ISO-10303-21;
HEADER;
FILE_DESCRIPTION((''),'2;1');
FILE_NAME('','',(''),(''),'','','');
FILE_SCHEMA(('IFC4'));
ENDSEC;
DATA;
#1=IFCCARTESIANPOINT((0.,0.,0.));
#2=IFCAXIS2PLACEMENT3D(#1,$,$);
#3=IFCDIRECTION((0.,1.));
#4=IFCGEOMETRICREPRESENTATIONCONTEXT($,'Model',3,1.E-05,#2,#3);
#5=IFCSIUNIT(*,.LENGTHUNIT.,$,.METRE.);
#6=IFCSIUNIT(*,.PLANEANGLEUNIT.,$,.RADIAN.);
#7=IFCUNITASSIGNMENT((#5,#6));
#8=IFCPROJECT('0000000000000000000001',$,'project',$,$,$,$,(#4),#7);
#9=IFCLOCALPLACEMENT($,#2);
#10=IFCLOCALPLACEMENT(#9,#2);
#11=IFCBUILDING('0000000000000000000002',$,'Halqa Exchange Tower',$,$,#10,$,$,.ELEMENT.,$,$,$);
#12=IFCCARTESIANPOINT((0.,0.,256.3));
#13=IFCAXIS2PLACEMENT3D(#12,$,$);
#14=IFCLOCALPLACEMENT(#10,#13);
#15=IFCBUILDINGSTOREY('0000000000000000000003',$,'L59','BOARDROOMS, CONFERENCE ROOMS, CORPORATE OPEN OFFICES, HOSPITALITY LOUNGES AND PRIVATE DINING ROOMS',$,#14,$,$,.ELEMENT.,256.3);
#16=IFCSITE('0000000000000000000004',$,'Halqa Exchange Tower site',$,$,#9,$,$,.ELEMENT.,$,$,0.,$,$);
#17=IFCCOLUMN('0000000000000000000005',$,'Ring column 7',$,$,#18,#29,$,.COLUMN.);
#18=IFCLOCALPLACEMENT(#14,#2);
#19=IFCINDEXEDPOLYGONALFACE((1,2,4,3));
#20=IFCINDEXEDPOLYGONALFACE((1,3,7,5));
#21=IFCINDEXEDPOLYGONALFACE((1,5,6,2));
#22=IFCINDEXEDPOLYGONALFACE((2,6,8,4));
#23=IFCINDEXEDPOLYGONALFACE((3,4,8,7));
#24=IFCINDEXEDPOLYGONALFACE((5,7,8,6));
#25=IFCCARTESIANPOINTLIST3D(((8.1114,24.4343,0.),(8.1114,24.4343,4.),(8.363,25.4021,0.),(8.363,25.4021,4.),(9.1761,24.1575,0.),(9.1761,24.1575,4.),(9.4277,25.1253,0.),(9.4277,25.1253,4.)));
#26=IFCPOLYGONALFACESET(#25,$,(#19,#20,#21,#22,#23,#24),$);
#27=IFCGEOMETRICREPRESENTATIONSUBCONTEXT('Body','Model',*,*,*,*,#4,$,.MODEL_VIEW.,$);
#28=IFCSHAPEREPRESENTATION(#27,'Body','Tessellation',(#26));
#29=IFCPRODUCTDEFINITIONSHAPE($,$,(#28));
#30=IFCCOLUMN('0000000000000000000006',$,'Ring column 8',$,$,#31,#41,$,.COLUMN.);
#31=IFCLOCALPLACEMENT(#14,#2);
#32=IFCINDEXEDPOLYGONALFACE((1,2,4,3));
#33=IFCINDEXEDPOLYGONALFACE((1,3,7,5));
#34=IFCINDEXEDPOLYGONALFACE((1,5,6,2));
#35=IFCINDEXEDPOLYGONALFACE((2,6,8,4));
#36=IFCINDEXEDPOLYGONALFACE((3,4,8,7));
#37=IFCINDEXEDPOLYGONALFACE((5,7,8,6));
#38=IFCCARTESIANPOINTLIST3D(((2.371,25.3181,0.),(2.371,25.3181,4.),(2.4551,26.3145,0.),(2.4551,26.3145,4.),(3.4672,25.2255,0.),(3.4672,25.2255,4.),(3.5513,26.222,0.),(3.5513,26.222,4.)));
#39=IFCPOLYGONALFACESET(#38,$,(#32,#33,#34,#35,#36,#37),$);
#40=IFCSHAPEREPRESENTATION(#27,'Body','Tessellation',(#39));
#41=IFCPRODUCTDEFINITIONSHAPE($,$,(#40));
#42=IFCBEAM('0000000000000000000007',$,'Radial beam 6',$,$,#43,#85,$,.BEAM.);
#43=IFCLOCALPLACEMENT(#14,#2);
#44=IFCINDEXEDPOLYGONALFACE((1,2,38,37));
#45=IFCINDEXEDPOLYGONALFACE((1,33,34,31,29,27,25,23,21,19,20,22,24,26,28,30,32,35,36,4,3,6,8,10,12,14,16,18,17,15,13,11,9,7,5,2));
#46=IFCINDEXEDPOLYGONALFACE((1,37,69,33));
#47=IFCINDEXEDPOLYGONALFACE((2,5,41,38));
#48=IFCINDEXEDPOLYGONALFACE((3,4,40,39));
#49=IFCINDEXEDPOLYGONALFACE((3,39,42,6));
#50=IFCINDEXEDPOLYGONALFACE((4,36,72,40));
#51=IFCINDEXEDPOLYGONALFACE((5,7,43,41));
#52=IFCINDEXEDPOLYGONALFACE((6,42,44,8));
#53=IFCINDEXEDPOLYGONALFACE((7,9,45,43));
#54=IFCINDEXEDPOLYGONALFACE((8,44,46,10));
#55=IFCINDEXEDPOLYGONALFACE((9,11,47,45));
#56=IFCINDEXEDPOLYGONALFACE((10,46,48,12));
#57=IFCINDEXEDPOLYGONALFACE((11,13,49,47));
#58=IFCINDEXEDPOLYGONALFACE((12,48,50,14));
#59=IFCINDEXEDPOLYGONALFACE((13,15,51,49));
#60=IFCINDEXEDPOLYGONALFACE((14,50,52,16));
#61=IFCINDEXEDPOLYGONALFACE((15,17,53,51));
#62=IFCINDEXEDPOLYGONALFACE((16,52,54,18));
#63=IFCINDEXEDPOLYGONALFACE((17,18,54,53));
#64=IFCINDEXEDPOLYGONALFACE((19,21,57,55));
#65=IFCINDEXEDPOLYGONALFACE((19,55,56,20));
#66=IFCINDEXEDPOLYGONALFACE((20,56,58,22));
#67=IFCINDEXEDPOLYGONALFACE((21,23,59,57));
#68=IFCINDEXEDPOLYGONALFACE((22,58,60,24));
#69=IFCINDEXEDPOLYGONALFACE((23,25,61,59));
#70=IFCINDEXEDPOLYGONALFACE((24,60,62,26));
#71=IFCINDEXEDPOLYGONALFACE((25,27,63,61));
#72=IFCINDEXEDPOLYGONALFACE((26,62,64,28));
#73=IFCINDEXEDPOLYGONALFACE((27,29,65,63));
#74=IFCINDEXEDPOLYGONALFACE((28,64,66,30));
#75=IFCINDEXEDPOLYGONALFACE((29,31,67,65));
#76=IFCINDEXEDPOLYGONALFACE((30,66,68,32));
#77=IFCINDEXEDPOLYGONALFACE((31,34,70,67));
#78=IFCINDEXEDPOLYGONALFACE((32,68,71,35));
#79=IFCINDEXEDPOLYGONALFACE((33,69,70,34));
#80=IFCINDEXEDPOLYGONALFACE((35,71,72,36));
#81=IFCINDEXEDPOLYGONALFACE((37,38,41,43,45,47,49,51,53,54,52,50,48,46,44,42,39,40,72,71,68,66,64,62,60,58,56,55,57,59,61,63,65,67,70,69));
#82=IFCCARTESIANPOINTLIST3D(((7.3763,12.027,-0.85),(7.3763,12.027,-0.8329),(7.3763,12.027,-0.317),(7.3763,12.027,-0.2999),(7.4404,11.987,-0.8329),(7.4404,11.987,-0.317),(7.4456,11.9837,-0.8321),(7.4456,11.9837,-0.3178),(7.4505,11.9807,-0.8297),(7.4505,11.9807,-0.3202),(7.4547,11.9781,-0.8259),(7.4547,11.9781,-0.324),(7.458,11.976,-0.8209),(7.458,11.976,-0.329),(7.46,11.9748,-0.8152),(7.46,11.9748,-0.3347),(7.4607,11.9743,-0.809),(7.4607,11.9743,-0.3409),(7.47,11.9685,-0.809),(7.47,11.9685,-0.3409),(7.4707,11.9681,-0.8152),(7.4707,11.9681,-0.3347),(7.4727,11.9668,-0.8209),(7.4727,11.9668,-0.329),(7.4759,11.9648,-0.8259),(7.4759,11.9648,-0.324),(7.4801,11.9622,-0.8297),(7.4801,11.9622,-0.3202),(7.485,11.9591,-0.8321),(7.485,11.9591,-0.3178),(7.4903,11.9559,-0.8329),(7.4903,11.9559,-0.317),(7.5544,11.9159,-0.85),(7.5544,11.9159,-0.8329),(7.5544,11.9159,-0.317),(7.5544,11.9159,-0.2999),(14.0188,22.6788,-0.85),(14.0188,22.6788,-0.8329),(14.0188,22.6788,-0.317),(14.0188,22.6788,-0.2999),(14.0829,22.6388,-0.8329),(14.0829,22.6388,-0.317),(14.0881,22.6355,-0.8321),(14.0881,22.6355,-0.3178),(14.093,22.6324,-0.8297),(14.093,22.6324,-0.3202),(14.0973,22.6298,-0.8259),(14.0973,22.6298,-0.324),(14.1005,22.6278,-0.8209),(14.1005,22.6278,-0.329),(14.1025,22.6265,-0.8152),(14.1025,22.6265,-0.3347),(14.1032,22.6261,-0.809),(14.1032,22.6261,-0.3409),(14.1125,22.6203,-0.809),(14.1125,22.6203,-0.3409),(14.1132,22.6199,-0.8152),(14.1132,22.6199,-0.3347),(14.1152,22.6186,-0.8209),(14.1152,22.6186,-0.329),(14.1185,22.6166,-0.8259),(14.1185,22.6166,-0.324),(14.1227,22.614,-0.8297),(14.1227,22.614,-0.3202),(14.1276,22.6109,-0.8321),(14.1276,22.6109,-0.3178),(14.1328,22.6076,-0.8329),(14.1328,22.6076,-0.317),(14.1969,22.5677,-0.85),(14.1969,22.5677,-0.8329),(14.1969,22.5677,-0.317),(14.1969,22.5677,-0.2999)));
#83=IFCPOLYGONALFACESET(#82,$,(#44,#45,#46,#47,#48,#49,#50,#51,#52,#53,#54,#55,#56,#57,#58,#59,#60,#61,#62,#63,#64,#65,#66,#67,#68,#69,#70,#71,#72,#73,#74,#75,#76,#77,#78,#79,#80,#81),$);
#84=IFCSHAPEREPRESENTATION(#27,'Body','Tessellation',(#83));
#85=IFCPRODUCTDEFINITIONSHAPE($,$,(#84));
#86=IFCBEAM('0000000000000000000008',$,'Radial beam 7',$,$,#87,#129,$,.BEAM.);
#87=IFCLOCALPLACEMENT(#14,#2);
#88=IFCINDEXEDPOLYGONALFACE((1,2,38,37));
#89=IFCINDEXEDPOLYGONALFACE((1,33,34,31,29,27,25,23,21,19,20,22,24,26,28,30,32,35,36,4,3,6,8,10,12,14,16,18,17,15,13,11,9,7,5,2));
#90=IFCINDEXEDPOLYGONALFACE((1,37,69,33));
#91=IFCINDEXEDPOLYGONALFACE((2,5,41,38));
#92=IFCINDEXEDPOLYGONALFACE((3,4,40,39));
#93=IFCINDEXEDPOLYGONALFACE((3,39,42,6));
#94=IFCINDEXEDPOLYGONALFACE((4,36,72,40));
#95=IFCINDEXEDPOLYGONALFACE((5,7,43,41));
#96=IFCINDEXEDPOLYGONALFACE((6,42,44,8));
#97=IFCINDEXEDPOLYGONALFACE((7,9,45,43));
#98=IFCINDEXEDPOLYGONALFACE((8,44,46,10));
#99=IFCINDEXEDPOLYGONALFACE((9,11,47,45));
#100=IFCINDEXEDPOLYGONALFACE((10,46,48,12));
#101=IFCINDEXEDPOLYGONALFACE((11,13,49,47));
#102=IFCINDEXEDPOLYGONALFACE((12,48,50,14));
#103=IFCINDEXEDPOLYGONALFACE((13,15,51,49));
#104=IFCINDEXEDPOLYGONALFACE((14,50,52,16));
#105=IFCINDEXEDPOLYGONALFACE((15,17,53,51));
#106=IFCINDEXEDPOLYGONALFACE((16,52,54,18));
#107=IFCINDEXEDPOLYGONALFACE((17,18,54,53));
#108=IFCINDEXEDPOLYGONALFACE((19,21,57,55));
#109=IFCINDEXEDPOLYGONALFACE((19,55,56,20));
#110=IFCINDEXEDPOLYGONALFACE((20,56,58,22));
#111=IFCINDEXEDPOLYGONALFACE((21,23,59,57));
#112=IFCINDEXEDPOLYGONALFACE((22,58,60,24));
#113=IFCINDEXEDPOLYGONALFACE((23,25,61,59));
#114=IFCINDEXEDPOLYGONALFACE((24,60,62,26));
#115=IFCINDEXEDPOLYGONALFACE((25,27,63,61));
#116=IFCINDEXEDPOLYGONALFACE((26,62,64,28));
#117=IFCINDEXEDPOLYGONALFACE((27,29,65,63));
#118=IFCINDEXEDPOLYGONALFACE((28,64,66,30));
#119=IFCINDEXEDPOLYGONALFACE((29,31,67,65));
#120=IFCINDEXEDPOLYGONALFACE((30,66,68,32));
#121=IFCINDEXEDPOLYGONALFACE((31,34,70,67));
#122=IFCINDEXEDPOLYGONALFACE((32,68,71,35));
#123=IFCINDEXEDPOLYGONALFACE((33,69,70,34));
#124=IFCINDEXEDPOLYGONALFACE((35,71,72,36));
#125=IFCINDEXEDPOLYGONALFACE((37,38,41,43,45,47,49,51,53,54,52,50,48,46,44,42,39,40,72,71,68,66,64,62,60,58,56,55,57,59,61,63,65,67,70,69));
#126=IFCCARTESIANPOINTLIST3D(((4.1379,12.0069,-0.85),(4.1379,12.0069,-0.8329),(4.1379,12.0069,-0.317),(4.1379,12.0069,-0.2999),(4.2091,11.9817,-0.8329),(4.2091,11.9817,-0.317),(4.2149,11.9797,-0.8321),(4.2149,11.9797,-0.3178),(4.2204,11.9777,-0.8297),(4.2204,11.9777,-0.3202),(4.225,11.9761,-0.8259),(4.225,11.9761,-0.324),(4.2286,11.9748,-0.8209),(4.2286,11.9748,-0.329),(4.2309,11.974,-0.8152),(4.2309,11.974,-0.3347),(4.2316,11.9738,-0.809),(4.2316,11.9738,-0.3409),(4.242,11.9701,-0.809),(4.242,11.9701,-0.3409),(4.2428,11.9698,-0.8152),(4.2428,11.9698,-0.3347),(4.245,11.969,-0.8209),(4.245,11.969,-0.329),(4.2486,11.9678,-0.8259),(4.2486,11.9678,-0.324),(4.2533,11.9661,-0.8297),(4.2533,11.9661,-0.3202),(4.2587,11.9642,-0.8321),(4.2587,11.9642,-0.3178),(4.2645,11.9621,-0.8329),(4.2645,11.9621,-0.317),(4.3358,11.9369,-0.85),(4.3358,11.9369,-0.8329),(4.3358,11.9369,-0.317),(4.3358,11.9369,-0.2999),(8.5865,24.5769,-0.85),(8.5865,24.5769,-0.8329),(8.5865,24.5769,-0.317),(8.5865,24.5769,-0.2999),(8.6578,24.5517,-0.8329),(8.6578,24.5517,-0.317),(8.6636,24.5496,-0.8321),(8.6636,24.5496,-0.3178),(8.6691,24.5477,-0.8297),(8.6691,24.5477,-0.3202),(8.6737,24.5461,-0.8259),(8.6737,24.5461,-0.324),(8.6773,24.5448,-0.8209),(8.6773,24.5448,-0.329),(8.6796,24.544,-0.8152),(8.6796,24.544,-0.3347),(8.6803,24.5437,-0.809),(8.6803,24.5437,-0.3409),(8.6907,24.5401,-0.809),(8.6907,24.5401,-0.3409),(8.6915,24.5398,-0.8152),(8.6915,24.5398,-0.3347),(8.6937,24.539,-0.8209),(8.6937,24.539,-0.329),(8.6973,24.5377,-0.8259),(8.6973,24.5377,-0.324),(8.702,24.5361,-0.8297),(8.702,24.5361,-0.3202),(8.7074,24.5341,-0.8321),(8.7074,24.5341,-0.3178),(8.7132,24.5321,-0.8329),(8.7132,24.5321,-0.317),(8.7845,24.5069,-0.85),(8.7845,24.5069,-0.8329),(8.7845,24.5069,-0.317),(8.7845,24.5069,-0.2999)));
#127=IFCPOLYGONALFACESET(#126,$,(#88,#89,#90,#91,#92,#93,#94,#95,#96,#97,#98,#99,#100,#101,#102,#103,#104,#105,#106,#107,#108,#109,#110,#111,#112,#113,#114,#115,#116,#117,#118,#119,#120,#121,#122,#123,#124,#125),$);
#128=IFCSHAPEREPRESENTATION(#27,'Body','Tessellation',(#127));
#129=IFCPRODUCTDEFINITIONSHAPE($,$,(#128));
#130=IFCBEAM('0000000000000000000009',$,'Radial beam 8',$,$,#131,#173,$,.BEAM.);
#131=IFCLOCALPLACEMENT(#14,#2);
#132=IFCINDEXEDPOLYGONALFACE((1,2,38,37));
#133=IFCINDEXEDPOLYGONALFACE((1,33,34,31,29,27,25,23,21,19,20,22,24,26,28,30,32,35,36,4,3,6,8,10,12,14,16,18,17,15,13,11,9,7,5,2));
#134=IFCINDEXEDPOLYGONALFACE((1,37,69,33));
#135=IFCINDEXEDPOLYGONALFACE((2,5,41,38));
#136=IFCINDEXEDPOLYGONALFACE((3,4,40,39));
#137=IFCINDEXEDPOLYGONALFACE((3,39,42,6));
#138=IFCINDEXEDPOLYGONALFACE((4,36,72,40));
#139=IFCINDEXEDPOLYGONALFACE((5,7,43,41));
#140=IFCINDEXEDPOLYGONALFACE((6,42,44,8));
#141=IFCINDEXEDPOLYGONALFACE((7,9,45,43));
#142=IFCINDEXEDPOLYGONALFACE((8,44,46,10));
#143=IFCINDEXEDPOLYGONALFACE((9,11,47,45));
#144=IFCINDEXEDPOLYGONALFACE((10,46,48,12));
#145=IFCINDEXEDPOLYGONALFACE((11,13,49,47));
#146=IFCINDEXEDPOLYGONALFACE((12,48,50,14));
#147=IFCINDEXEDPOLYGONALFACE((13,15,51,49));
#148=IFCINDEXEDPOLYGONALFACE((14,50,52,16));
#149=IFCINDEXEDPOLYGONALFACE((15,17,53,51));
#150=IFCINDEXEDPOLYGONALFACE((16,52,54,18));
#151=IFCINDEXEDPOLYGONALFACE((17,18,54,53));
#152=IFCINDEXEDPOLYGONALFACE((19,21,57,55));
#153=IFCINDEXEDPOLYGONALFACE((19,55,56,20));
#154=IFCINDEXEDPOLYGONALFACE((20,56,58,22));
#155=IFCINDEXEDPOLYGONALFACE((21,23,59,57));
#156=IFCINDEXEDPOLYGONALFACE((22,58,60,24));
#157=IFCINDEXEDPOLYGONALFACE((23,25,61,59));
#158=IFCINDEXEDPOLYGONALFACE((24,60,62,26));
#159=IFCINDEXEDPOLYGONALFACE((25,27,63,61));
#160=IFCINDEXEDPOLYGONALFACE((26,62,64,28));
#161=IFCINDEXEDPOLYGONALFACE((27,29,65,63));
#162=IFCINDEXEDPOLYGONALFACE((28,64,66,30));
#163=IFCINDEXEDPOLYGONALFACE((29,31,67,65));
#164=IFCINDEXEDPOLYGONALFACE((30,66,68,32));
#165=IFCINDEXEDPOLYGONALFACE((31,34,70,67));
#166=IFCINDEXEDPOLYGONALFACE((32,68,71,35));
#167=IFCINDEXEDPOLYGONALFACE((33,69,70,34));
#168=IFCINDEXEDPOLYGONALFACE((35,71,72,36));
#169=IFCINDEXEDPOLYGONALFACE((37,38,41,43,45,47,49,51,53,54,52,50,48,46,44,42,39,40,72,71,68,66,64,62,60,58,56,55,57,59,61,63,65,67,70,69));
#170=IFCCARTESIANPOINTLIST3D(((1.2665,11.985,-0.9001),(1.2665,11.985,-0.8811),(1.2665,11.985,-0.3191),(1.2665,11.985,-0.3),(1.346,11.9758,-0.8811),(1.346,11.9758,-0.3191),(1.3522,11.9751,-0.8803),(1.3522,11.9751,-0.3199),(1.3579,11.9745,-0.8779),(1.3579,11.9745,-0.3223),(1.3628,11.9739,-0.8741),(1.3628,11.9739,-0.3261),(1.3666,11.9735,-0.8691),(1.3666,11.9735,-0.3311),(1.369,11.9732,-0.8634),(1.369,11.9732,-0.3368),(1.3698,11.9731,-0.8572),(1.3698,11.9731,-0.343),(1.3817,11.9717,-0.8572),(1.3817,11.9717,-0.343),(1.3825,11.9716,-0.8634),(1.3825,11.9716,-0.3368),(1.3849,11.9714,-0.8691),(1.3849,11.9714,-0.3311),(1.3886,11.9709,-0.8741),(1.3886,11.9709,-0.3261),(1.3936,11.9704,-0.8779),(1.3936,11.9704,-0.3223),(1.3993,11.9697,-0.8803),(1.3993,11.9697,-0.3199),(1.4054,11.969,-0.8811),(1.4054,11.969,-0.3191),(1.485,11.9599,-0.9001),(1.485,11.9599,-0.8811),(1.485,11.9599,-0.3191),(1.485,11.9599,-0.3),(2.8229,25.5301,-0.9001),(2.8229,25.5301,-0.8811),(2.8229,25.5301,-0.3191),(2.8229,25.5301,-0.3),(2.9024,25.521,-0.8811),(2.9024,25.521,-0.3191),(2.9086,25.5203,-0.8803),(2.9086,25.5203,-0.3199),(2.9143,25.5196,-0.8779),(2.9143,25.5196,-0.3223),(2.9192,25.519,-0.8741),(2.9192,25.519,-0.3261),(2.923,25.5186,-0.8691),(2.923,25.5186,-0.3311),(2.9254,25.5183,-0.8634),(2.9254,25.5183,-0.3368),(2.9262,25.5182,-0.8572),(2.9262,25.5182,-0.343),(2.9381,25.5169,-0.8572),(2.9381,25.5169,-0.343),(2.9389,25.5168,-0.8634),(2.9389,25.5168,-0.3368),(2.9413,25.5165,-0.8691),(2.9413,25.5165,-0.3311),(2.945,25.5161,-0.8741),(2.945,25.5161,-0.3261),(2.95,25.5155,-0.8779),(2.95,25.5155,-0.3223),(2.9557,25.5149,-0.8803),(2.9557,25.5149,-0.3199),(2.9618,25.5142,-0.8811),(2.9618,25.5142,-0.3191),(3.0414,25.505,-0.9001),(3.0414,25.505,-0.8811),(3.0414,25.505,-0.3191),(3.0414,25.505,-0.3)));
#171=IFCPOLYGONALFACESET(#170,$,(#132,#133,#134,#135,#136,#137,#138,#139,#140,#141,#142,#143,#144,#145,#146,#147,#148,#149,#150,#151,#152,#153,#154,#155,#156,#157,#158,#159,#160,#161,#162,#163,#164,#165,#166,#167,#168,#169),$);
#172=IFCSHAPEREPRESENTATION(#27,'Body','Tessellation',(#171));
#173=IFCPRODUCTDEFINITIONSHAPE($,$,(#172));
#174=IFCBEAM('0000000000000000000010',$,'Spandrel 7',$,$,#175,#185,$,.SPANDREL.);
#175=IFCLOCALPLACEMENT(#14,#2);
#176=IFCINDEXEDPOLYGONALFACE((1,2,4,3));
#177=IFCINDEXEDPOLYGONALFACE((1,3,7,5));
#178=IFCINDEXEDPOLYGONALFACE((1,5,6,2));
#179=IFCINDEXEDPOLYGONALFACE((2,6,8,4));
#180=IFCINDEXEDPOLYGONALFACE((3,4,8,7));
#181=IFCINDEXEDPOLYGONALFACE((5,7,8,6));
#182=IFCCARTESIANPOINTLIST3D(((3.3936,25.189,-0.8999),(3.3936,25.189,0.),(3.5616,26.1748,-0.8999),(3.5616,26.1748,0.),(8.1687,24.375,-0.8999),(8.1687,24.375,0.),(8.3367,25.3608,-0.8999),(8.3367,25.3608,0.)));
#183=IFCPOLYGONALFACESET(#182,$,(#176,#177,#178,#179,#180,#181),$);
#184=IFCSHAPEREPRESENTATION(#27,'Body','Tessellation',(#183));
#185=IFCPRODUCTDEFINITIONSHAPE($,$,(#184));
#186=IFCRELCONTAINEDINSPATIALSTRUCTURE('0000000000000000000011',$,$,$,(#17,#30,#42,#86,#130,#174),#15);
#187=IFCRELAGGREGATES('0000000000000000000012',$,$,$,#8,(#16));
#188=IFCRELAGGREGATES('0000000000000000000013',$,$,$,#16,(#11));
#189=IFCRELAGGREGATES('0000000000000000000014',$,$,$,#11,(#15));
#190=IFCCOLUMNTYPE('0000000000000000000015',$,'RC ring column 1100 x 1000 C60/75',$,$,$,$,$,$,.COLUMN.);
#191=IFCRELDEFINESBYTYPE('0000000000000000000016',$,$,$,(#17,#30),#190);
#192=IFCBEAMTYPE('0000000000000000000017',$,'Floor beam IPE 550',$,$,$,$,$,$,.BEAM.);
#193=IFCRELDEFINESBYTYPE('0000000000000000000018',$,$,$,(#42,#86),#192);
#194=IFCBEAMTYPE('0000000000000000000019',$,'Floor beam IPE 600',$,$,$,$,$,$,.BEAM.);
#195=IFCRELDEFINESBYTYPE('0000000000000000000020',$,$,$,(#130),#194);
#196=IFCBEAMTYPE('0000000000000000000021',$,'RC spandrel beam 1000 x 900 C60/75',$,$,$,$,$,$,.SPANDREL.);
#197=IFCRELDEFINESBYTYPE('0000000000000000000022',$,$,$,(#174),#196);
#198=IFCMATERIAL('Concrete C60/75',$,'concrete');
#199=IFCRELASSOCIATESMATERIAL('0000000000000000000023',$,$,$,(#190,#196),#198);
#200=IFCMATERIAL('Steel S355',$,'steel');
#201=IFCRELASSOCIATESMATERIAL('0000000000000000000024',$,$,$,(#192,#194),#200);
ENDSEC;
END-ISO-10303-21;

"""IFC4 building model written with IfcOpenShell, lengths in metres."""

from ifc_helpers import new_model, si_unit, direction, frame, origin, origin_2d, place, context, subcontext, project, spatial, rectangle, i_section, extrude, material, material_profile, profile_set, type_object, element, save


model = new_model("IFC4")

# Units and contexts
model_context = context("Model", 3, precision=1e-05, world=origin(), true_north=direction((0.0, 1.0)))
body_context = subcontext(model_context, "Body", "Model", "MODEL_VIEW")
ifc_project = project(units=[si_unit("LENGTHUNIT", "METRE"), si_unit("PLANEANGLEUNIT", "RADIAN")], contexts=[model_context])

# Site, building, storey
site_placement = place(None, origin())
site = spatial("IfcSite", under=ifc_project, at=site_placement, Name="Halqa Exchange Tower site", CompositionType="ELEMENT", RefElevation=0.0)
building_placement = place(site_placement, origin())
building = spatial("IfcBuilding", under=site, at=building_placement, Name="Halqa Exchange Tower", CompositionType="ELEMENT")
storey_placement = place(building_placement, frame((0.0, 0.0, 256.3)))
storey = spatial("IfcBuildingStorey", under=building, at=storey_placement, Name="L59", Description="BOARDROOMS, CONFERENCE ROOMS, CORPORATE OPEN OFFICES, HOSPITALITY LOUNGES AND PRIVATE DINING ROOMS", CompositionType="ELEMENT", Elevation=256.3)

# Columns
ifc_material_1 = material(Name="Concrete C60/75", Category="concrete")
ifc_material_profile_1 = material_profile(ifc_material_1, rectangle(XDim=1.1001, YDim=1.0, at=origin_2d()), Name="1100 x 1000")
ifc_profile_set_1 = profile_set([ifc_material_profile_1], Name="Concrete C60/75")
column_type = type_object("IfcColumnType", Name="RC ring column 1100 x 1000 C60/75", PredefinedType="COLUMN", material=ifc_profile_set_1)
for number, where, z_axis, x_axis, name in (
    (1, (8.7695, 24.7798, 0.0), (0.0, 0.0, 1.0), (-0.96782, 0.251642, 0.0), "Ring column 7"),
    (2, (2.9612, 25.77, 0.0), (0.0, 0.0, 1.0), (-0.996456, 0.08412, 0.0), "Ring column 8"),
):
    element("IfcColumn", number, at=place(storey_placement, frame(where, z_axis=z_axis, x_axis=x_axis)), inside=storey, type_object=column_type, Name=name, PredefinedType="COLUMN", context=body_context, shape_type="SweptSolid", body=[
        extrude(rectangle(XDim=1.1001, YDim=1.0, at=origin_2d()), origin(), (0.0, 0.0, 1.0), 4.0),
    ])

# Beams
ifc_material_2 = material(Name="Steel S355", Category="steel")
ifc_material_profile_2 = material_profile(ifc_material_2, i_section(OverallWidth=0.21, OverallDepth=0.55, WebThickness=0.011, FlangeThickness=0.0171, FilletRadius=0.0239, at=origin_2d()), Name="IPE 550")
ifc_profile_set_2 = profile_set([ifc_material_profile_2], Name="Steel S355")
beam_type_1 = type_object("IfcBeamType", Name="Floor beam IPE 550", PredefinedType="BEAM", material=ifc_profile_set_2)
beam_1_placement = place(storey_placement, frame((7.4653, 11.9714, -0.575), z_axis=(0.529149, 0.848529, 0.0), x_axis=(-0.848529, 0.529149, 0.0)))
element("IfcBeam", 3, at=beam_1_placement, inside=storey, type_object=beam_type_1, Name="Radial beam 6", PredefinedType="BEAM", context=body_context, shape_type="SweptSolid", body=[
    extrude(i_section(OverallWidth=0.21, OverallDepth=0.55, WebThickness=0.011, FlangeThickness=0.0171, FilletRadius=0.0239, at=origin_2d()), origin(), (0.0, 0.0, 1.0), 12.5532),
])
beam_2_placement = place(storey_placement, frame((4.2368, 11.9719, -0.575), z_axis=(0.333636, 0.942702, 0.0), x_axis=(-0.942702, 0.333636, 0.0)))
element("IfcBeam", 4, at=beam_2_placement, inside=storey, type_object=beam_type_1, Name="Radial beam 7", PredefinedType="BEAM", context=body_context, shape_type="SweptSolid", body=[
    extrude(i_section(OverallWidth=0.21, OverallDepth=0.55, WebThickness=0.011, FlangeThickness=0.0171, FilletRadius=0.0239, at=origin_2d()), origin(), (0.0, 0.0, 1.0), 13.334),
])
ifc_material_profile_3 = material_profile(ifc_material_2, i_section(OverallWidth=0.22, OverallDepth=0.6001, WebThickness=0.012, FlangeThickness=0.019, FilletRadius=0.0239, at=origin_2d()), Name="IPE 600")
ifc_profile_set_3 = profile_set([ifc_material_profile_3], Name="Steel S355")
beam_type_2 = type_object("IfcBeamType", Name="Floor beam IPE 600", PredefinedType="BEAM", material=ifc_profile_set_3)
beam_3_placement = place(storey_placement, frame((1.3757, 11.9724, -0.6001), z_axis=(0.114153, 0.993463, 0.0), x_axis=(-0.993463, 0.114153, 0.0)))
element("IfcBeam", 5, at=beam_3_placement, inside=storey, type_object=beam_type_2, Name="Radial beam 8", PredefinedType="BEAM", context=body_context, shape_type="SweptSolid", body=[
    extrude(i_section(OverallWidth=0.22, OverallDepth=0.6001, WebThickness=0.012, FlangeThickness=0.019, FilletRadius=0.0239, at=origin_2d()), origin(), (0.0, 0.0, 1.0), 13.6343),
])
ifc_material_profile_4 = material_profile(ifc_material_1, rectangle(XDim=1.0, YDim=0.8999, at=origin_2d()), Name="1000 x 900")
ifc_profile_set_4 = profile_set([ifc_material_profile_4], Name="Concrete C60/75")
beam_type_3 = type_object("IfcBeamType", Name="RC spandrel beam 1000 x 900 C60/75", PredefinedType="SPANDREL", material=ifc_profile_set_4)
beam_4_placement = place(storey_placement, frame((8.2527, 24.8679, -0.45), z_axis=(-0.985781, 0.168035, 0.0), x_axis=(-0.168035, -0.985781, 0.0)))
element("IfcBeam", 6, at=beam_4_placement, inside=storey, type_object=beam_type_3, Name="Spandrel 7", PredefinedType="SPANDREL", context=body_context, shape_type="SweptSolid", body=[
    extrude(rectangle(XDim=1.0, YDim=0.8999, at=origin_2d()), origin(), (0.0, 0.0, 1.0), 4.844),
])

save(model, "model.ifc")
